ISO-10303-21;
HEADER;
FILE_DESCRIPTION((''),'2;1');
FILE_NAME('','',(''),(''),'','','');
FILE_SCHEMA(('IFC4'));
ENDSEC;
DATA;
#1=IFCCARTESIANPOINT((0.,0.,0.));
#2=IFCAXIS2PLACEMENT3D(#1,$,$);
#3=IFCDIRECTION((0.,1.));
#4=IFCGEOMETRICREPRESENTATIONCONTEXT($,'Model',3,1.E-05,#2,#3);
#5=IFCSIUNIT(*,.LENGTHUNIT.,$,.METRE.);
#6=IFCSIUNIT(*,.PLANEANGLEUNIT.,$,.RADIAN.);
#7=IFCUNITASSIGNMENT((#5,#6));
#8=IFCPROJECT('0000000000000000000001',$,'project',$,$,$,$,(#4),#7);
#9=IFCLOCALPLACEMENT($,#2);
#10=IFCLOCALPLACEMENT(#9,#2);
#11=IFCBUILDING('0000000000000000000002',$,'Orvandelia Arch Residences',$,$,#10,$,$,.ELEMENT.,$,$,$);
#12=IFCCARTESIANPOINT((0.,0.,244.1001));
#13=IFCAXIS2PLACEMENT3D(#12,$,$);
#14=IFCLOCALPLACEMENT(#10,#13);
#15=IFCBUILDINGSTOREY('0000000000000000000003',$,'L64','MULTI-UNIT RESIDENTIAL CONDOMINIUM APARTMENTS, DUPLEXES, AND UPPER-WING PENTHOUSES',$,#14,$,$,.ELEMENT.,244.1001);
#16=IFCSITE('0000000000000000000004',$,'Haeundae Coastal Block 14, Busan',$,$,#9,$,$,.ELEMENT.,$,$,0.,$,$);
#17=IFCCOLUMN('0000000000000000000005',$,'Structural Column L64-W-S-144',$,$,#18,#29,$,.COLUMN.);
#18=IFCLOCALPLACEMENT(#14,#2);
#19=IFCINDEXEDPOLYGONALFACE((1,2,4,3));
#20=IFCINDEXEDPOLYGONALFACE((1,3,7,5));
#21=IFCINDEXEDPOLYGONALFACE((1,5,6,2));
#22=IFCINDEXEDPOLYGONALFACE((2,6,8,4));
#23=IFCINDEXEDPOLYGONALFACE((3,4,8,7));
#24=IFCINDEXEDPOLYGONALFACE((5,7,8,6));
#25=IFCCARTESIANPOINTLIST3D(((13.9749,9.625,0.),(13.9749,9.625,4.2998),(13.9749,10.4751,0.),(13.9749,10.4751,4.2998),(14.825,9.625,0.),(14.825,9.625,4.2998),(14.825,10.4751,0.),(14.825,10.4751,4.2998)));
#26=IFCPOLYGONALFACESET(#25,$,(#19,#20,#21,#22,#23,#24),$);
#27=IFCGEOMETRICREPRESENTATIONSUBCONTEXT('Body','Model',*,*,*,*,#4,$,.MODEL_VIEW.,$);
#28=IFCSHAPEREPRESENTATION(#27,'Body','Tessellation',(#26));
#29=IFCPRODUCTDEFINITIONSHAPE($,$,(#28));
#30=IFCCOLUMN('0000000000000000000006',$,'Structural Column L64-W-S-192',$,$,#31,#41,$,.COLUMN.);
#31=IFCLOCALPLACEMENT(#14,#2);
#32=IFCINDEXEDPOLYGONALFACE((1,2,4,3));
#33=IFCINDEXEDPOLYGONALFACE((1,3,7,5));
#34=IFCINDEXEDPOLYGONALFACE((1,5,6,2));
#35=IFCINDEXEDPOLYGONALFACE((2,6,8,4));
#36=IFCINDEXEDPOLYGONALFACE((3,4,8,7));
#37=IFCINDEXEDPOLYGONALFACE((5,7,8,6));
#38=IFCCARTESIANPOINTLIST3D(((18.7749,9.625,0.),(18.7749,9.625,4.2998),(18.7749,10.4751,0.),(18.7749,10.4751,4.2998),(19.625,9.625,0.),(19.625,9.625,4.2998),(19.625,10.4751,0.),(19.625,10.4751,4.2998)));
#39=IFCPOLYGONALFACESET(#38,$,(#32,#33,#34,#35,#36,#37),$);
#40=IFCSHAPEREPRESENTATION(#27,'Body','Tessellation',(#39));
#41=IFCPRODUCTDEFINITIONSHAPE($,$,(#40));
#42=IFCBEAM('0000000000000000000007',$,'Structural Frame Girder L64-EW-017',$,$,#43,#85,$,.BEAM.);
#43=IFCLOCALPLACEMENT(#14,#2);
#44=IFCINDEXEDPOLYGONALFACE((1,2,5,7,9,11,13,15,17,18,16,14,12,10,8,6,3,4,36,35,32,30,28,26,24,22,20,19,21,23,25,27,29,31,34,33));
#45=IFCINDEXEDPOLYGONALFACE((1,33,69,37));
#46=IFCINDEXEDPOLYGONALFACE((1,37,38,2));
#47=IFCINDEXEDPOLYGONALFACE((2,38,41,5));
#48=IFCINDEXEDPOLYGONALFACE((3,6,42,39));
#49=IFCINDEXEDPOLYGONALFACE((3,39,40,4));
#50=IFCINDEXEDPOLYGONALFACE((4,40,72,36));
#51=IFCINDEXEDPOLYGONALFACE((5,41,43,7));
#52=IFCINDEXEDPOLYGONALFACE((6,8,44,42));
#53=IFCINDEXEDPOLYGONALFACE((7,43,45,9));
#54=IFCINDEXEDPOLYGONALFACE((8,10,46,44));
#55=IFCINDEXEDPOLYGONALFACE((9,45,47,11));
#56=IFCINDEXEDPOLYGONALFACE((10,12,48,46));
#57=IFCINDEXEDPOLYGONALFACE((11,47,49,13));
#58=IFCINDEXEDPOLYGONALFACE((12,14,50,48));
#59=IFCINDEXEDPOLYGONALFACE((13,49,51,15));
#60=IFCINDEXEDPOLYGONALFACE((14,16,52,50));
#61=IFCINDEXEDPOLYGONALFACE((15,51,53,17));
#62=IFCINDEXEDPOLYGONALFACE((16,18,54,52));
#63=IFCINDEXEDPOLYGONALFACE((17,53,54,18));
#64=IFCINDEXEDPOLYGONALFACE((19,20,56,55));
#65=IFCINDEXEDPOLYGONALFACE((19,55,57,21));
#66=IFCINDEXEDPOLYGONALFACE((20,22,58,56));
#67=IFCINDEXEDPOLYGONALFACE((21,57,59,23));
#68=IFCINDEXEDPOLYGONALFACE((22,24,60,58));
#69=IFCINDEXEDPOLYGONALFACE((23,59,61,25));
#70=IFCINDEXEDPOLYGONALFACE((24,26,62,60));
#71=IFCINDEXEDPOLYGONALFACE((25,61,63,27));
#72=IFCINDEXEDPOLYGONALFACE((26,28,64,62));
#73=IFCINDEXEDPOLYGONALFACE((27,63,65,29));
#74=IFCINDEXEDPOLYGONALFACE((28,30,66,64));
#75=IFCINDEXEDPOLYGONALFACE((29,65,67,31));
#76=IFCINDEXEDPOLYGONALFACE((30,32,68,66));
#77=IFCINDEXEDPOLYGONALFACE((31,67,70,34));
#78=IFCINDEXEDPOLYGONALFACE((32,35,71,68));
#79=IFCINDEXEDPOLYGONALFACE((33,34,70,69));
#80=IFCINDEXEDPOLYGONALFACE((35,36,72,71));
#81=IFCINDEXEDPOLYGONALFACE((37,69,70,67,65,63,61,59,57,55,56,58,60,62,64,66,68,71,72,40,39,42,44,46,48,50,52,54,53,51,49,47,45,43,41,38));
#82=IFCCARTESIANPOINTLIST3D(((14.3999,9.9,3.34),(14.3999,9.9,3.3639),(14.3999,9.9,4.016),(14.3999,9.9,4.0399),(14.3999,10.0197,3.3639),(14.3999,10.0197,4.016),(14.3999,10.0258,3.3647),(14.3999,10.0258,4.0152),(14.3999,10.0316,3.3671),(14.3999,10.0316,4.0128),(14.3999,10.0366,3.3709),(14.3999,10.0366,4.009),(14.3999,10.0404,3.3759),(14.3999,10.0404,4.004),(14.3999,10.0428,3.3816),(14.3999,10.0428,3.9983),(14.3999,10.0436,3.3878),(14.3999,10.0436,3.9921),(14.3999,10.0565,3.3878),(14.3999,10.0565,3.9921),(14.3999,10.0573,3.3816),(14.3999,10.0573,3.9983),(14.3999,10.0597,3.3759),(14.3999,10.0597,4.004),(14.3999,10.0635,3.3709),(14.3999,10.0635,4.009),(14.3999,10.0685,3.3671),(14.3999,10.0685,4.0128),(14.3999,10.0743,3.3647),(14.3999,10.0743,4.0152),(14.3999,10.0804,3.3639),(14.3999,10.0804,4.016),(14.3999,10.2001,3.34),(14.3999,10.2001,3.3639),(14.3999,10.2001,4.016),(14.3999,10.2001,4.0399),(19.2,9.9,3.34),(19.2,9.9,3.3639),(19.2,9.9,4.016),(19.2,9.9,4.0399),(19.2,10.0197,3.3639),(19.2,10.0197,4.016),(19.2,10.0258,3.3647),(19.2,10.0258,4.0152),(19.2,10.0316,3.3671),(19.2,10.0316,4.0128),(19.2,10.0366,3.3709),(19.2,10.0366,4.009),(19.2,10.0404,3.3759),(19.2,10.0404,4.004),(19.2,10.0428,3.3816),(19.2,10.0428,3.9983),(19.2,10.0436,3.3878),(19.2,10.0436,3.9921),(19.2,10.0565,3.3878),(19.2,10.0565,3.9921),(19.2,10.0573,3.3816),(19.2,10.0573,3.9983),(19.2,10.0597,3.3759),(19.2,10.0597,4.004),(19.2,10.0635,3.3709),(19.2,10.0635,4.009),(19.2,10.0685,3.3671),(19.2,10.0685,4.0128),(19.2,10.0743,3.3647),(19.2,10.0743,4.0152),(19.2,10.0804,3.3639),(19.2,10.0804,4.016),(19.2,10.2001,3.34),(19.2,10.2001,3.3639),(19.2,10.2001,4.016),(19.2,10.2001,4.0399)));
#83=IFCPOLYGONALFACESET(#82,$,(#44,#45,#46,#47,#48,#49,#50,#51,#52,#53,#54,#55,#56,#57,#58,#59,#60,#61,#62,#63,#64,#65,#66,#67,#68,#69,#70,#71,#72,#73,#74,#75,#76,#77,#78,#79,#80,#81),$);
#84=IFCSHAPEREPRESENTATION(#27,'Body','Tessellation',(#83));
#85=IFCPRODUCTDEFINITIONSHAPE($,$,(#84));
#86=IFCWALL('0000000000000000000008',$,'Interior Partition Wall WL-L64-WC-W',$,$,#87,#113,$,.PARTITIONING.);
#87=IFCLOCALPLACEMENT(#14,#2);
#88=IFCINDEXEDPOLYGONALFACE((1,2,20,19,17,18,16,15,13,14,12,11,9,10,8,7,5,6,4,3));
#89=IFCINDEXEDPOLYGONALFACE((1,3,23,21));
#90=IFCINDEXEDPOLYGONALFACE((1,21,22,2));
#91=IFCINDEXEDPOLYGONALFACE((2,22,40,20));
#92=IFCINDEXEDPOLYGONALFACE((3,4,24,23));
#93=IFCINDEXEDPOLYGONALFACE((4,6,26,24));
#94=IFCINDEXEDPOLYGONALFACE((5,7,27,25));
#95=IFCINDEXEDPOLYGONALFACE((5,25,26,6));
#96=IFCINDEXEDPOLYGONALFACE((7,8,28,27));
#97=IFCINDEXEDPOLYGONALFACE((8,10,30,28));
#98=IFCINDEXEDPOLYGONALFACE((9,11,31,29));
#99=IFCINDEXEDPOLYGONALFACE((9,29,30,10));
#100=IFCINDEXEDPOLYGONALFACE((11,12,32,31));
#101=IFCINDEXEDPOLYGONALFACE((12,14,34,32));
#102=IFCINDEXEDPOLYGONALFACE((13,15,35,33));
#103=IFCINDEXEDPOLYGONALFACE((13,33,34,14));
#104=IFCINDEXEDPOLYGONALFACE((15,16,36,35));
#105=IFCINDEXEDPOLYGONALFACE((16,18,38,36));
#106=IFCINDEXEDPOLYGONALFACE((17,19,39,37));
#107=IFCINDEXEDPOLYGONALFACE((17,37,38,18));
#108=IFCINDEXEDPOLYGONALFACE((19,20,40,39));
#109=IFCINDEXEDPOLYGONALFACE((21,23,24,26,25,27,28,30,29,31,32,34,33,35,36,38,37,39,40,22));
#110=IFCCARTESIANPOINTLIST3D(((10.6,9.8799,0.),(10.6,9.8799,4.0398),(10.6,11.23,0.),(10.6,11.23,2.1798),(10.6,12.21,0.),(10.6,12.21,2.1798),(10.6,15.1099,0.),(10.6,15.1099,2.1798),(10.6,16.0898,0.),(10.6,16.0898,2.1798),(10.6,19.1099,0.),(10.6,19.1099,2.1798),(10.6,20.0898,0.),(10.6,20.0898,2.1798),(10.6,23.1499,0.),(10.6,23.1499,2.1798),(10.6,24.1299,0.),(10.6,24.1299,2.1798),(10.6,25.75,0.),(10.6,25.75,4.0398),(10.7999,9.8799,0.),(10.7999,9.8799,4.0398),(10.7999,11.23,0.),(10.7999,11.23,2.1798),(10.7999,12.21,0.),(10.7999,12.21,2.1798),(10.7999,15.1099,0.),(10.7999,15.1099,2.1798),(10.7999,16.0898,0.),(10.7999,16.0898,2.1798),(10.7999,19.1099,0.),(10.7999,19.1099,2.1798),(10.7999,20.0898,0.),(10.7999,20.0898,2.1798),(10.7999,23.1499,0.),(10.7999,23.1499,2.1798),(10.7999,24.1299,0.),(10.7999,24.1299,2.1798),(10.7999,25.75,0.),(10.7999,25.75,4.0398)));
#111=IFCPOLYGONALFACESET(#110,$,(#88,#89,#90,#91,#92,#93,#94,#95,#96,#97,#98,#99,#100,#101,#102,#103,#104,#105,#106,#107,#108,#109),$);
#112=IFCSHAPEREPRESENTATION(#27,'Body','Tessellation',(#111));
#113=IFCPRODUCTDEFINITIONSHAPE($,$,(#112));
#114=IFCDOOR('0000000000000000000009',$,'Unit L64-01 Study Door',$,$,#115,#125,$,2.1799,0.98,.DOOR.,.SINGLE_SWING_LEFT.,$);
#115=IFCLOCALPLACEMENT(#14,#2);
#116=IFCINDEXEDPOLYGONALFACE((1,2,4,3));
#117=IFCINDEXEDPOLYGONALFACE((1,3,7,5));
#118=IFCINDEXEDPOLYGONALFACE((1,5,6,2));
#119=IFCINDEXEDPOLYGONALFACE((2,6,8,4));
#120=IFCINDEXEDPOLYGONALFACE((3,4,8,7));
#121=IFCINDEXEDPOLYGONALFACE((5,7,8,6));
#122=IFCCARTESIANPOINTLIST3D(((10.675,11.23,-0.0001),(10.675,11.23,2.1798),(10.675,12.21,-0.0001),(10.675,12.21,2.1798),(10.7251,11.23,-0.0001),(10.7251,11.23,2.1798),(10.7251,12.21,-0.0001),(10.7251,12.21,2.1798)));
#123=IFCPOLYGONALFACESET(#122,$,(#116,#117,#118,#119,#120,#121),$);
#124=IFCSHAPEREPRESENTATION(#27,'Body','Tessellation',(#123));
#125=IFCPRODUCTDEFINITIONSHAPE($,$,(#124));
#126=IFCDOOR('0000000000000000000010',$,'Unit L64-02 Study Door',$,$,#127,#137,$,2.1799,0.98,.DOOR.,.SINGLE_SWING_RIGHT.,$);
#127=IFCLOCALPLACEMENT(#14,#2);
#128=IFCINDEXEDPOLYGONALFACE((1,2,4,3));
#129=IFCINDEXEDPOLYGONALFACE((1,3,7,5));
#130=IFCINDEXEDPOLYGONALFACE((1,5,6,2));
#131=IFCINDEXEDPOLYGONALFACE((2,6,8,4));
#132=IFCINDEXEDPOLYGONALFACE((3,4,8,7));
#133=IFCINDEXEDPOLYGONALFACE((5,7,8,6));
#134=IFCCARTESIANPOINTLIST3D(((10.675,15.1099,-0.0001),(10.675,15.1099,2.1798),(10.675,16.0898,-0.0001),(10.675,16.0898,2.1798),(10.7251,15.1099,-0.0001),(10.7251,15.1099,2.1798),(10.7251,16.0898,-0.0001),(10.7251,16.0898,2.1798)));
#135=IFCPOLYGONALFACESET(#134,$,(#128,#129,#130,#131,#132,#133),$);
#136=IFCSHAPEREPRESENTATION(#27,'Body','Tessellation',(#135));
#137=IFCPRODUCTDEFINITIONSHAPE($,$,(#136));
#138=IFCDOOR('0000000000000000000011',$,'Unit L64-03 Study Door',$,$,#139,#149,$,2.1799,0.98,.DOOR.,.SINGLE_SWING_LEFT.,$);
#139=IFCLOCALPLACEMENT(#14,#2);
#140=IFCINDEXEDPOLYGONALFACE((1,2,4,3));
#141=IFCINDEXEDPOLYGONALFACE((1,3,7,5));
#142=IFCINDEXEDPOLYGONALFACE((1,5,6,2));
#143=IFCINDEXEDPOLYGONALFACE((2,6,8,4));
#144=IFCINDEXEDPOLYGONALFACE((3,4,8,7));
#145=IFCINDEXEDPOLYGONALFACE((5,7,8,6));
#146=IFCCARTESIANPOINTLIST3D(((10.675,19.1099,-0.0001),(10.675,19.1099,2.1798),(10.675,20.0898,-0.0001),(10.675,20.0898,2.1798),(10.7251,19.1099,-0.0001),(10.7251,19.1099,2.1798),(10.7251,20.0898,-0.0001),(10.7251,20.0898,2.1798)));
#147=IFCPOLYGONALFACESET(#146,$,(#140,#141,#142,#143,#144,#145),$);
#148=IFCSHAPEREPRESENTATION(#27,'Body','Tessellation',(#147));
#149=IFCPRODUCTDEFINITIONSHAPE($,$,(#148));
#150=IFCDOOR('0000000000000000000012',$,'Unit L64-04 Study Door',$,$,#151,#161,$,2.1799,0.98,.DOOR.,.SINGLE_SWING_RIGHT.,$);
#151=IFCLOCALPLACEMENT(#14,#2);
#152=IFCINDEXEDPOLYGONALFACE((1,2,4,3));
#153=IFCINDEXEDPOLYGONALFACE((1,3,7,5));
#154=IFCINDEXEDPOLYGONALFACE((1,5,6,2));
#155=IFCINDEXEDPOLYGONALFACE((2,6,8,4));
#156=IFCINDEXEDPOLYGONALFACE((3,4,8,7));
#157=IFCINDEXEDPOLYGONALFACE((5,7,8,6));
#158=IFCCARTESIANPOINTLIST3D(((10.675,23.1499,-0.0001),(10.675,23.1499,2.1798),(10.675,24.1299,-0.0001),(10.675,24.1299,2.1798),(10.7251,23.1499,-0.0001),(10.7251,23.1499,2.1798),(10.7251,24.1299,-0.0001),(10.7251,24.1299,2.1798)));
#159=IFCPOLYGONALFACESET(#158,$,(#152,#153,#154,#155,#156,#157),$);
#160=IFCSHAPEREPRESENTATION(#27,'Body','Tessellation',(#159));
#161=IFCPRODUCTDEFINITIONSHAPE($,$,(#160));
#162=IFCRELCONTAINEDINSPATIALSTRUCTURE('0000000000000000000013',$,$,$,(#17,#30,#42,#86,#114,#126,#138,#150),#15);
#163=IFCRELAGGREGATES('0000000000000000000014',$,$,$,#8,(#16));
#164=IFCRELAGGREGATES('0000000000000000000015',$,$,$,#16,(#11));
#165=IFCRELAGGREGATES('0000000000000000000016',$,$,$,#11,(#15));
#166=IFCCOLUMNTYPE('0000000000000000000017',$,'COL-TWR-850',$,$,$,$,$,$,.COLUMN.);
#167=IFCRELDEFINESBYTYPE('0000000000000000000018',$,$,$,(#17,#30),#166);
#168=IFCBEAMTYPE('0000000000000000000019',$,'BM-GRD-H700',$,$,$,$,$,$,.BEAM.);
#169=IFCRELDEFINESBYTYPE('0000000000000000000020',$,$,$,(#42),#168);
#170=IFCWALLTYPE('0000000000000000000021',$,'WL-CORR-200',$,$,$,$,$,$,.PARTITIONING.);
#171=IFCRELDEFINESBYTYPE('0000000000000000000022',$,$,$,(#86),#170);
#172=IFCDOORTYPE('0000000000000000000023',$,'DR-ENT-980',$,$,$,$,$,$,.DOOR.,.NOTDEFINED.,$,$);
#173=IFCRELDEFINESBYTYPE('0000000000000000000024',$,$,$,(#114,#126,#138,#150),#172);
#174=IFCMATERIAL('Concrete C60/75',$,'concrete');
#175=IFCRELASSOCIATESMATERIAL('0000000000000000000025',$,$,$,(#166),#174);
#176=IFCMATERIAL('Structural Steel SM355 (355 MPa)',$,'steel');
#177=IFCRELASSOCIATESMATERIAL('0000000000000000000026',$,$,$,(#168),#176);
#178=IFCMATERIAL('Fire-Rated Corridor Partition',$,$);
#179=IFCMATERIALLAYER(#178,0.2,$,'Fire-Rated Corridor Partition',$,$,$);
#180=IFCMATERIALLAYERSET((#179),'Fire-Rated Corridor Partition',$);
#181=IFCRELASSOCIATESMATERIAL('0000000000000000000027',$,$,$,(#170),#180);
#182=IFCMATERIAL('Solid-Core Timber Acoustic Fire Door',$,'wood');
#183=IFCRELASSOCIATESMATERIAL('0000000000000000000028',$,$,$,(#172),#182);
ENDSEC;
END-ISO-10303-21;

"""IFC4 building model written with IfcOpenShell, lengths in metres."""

from ifc_helpers import new_model, si_unit, direction, frame, frame_2d, origin, origin_2d, place, context, subcontext, project, spatial, rectangle, i_section, extrude, material, layer, layer_set, material_profile, profile_set, type_object, element, fill, save


model = new_model("IFC4")

# Units and contexts
model_context = context("Model", 3, precision=1e-05, world=origin(), true_north=direction((0.0, 1.0)))
body_context = subcontext(model_context, "Body", "Model", "MODEL_VIEW")
ifc_project = project(units=[si_unit("LENGTHUNIT", "METRE"), si_unit("PLANEANGLEUNIT", "RADIAN")], contexts=[model_context])

# Site, building, storey
site_placement = place(None, origin())
site = spatial("IfcSite", under=ifc_project, at=site_placement, Name="Haeundae Coastal Block 14, Busan", CompositionType="ELEMENT", RefElevation=0.0)
building_placement = place(site_placement, origin())
building = spatial("IfcBuilding", under=site, at=building_placement, Name="Orvandelia Arch Residences", CompositionType="ELEMENT")
storey_placement = place(building_placement, frame((0.0, 0.0, 244.1001)))
storey = spatial("IfcBuildingStorey", under=building, at=storey_placement, Name="L64", Description="MULTI-UNIT RESIDENTIAL CONDOMINIUM APARTMENTS, DUPLEXES, AND UPPER-WING PENTHOUSES", CompositionType="ELEMENT", Elevation=244.1001)

# Columns
ifc_material_1 = material(Name="Concrete C60/75", Category="concrete")
ifc_material_profile_1 = material_profile(ifc_material_1, rectangle(XDim=0.8501, YDim=0.8501, at=origin_2d()), Name="Concrete C60/75", Category="concrete")
ifc_profile_set_1 = profile_set([ifc_material_profile_1], Name="Concrete C60/75")
column_type = type_object("IfcColumnType", Name="COL-TWR-850", PredefinedType="COLUMN", material=ifc_profile_set_1)
for number, where, z_axis, x_axis, name in (
    (1, (14.3999, 10.05, 0.0), (0.0, 0.0, 1.0), (1.0, 0.0, 0.0), "Structural Column L64-W-S-144"),
    (2, (19.2, 10.05, 0.0), (0.0, 0.0, 1.0), (1.0, 0.0, 0.0), "Structural Column L64-W-S-192"),
):
    element("IfcColumn", number, at=place(storey_placement, frame(where, z_axis=z_axis, x_axis=x_axis)), inside=storey, type_object=column_type, Name=name, PredefinedType="COLUMN", context=body_context, shape_type="SweptSolid", body=[
        extrude(rectangle(XDim=0.8501, YDim=0.8501, at=origin_2d()), origin(), (0.0, 0.0, 1.0), 4.2998),
    ])

# Beam
ifc_material_2 = material(Name="Structural Steel SM355 (355 MPa)", Category="steel")
ifc_material_profile_2 = material_profile(ifc_material_2, i_section(OverallWidth=0.3, OverallDepth=0.7, WebThickness=0.0129, FlangeThickness=0.0239, FilletRadius=0.0239, at=origin_2d()), Name="Structural Steel SM355 (355 MPa)", Category="steel")
ifc_profile_set_2 = profile_set([ifc_material_profile_2], Name="Structural Steel SM355 (355 MPa)")
beam_type = type_object("IfcBeamType", Name="BM-GRD-H700", PredefinedType="BEAM", material=ifc_profile_set_2)
beam_placement = place(storey_placement, frame((14.3999, 10.05, 3.6899), z_axis=(1.0, 0.0, 0.0), x_axis=(0.0, 1.0, 0.0)))
element("IfcBeam", 3, at=beam_placement, inside=storey, type_object=beam_type, Name="Structural Frame Girder L64-EW-017", PredefinedType="BEAM", context=body_context, shape_type="SweptSolid", body=[
    extrude(i_section(OverallWidth=0.3, OverallDepth=0.7, WebThickness=0.0129, FlangeThickness=0.0239, FilletRadius=0.0239, at=origin_2d()), origin(), (0.0, 0.0, 1.0), 4.8),
])

# Wall, openings, doors
ifc_material_3 = material(Name="Fire-Rated Corridor Partition")
ifc_layer_1 = layer(ifc_material_3, 0.2, Name="Fire-Rated Corridor Partition")
ifc_layer_set_1 = layer_set([ifc_layer_1], Name="Fire-Rated Corridor Partition")
wall_type_1 = type_object("IfcWallType", Name="WL-CORR-200", PredefinedType="PARTITIONING", material=ifc_layer_set_1)
wall_1_placement = place(storey_placement, frame((10.7, 9.8799, 0.0), z_axis=(0.0, 0.0, 1.0), x_axis=(0.0, 1.0, 0.0)))
wall_1 = element("IfcWall", 4, at=wall_1_placement, inside=storey, type_object=wall_type_1, Name="Interior Partition Wall WL-L64-WC-W", PredefinedType="PARTITIONING", context=body_context, shape_type="SweptSolid", body=[
    extrude(rectangle(XDim=15.8701, YDim=0.2, at=frame_2d((7.9351, 0.0))), origin(), (0.0, 0.0, 1.0), 4.0398),
])
opening_1_placement = place(wall_1_placement, frame((1.3501, 0.0, 0.0)))
opening_1 = element("IfcOpeningElement", 5, at=opening_1_placement, cuts=wall_1, PredefinedType="OPENING", context=body_context, shape_type="SweptSolid", body=[
    extrude(rectangle(XDim=0.98, YDim=2.1799, at=frame_2d((0.49, 1.0898))), frame((0.0, 0.1099, 0.0), z_axis=(0.0, -1.0, 0.0), x_axis=(1.0, 0.0, 0.0)), (0.0, 0.0, 1.0), 0.22),
])
opening_2_placement = place(wall_1_placement, frame((5.23, 0.0, 0.0)))
opening_2 = element("IfcOpeningElement", 6, at=opening_2_placement, cuts=wall_1, PredefinedType="OPENING", context=body_context, shape_type="SweptSolid", body=[
    extrude(rectangle(XDim=0.98, YDim=2.1799, at=frame_2d((0.49, 1.0898))), frame((0.0, 0.1099, 0.0), z_axis=(0.0, -1.0, 0.0), x_axis=(1.0, 0.0, 0.0)), (0.0, 0.0, 1.0), 0.22),
])
opening_3_placement = place(wall_1_placement, frame((9.23, 0.0, 0.0)))
opening_3 = element("IfcOpeningElement", 7, at=opening_3_placement, cuts=wall_1, PredefinedType="OPENING", context=body_context, shape_type="SweptSolid", body=[
    extrude(rectangle(XDim=0.98, YDim=2.1799, at=frame_2d((0.49, 1.0898))), frame((0.0, 0.1099, 0.0), z_axis=(0.0, -1.0, 0.0), x_axis=(1.0, 0.0, 0.0)), (0.0, 0.0, 1.0), 0.22),
])
opening_4_placement = place(wall_1_placement, frame((13.27, 0.0, 0.0)))
opening_4 = element("IfcOpeningElement", 8, at=opening_4_placement, cuts=wall_1, PredefinedType="OPENING", context=body_context, shape_type="SweptSolid", body=[
    extrude(rectangle(XDim=0.98, YDim=2.1799, at=frame_2d((0.49, 1.0898))), frame((0.0, 0.1099, 0.0), z_axis=(0.0, -1.0, 0.0), x_axis=(1.0, 0.0, 0.0)), (0.0, 0.0, 1.0), 0.22),
])
ifc_material_4 = material(Name="Solid-Core Timber Acoustic Fire Door", Category="wood")
door_type_1 = type_object("IfcDoorType", Name="DR-ENT-980", OperationType="NOTDEFINED", PredefinedType="DOOR", material=ifc_material_4)
door_1_placement = place(opening_1_placement, origin())
door_1 = element("IfcDoor", 9, at=door_1_placement, inside=storey, type_object=door_type_1, Name="Unit L64-01 Study Door", OperationType="SINGLE_SWING_LEFT", OverallHeight=2.1799, OverallWidth=0.98, PredefinedType="DOOR", context=body_context, shape_type="SweptSolid", body=[
    extrude(rectangle(XDim=0.98, YDim=2.1799, at=frame_2d((0.49, 1.0898))), frame((0.0, 0.0249, 0.0), z_axis=(0.0, -1.0, 0.0), x_axis=(1.0, 0.0, 0.0)), (0.0, 0.0, 1.0), 0.05),
])
fill(opening_1, door_1)
door_2_placement = place(opening_2_placement, origin())
door_2 = element("IfcDoor", 10, at=door_2_placement, inside=storey, type_object=door_type_1, Name="Unit L64-02 Study Door", OperationType="SINGLE_SWING_RIGHT", OverallHeight=2.1799, OverallWidth=0.98, PredefinedType="DOOR", context=body_context, shape_type="SweptSolid", body=[
    extrude(rectangle(XDim=0.98, YDim=2.1799, at=frame_2d((0.49, 1.0898))), frame((0.0, 0.0249, 0.0), z_axis=(0.0, -1.0, 0.0), x_axis=(1.0, 0.0, 0.0)), (0.0, 0.0, 1.0), 0.05),
])
fill(opening_2, door_2)
door_3_placement = place(opening_3_placement, origin())
door_3 = element("IfcDoor", 11, at=door_3_placement, inside=storey, type_object=door_type_1, Name="Unit L64-03 Study Door", OperationType="SINGLE_SWING_LEFT", OverallHeight=2.1799, OverallWidth=0.98, PredefinedType="DOOR", context=body_context, shape_type="SweptSolid", body=[
    extrude(rectangle(XDim=0.98, YDim=2.1799, at=frame_2d((0.49, 1.0898))), frame((0.0, 0.0249, 0.0), z_axis=(0.0, -1.0, 0.0), x_axis=(1.0, 0.0, 0.0)), (0.0, 0.0, 1.0), 0.05),
])
fill(opening_3, door_3)
door_4_placement = place(opening_4_placement, origin())
door_4 = element("IfcDoor", 12, at=door_4_placement, inside=storey, type_object=door_type_1, Name="Unit L64-04 Study Door", OperationType="SINGLE_SWING_RIGHT", OverallHeight=2.1799, OverallWidth=0.98, PredefinedType="DOOR", context=body_context, shape_type="SweptSolid", body=[
    extrude(rectangle(XDim=0.98, YDim=2.1799, at=frame_2d((0.49, 1.0898))), frame((0.0, 0.0249, 0.0), z_axis=(0.0, -1.0, 0.0), x_axis=(1.0, 0.0, 0.0)), (0.0, 0.0, 1.0), 0.05),
])
fill(opening_4, door_4)

save(model, "model.ifc")
